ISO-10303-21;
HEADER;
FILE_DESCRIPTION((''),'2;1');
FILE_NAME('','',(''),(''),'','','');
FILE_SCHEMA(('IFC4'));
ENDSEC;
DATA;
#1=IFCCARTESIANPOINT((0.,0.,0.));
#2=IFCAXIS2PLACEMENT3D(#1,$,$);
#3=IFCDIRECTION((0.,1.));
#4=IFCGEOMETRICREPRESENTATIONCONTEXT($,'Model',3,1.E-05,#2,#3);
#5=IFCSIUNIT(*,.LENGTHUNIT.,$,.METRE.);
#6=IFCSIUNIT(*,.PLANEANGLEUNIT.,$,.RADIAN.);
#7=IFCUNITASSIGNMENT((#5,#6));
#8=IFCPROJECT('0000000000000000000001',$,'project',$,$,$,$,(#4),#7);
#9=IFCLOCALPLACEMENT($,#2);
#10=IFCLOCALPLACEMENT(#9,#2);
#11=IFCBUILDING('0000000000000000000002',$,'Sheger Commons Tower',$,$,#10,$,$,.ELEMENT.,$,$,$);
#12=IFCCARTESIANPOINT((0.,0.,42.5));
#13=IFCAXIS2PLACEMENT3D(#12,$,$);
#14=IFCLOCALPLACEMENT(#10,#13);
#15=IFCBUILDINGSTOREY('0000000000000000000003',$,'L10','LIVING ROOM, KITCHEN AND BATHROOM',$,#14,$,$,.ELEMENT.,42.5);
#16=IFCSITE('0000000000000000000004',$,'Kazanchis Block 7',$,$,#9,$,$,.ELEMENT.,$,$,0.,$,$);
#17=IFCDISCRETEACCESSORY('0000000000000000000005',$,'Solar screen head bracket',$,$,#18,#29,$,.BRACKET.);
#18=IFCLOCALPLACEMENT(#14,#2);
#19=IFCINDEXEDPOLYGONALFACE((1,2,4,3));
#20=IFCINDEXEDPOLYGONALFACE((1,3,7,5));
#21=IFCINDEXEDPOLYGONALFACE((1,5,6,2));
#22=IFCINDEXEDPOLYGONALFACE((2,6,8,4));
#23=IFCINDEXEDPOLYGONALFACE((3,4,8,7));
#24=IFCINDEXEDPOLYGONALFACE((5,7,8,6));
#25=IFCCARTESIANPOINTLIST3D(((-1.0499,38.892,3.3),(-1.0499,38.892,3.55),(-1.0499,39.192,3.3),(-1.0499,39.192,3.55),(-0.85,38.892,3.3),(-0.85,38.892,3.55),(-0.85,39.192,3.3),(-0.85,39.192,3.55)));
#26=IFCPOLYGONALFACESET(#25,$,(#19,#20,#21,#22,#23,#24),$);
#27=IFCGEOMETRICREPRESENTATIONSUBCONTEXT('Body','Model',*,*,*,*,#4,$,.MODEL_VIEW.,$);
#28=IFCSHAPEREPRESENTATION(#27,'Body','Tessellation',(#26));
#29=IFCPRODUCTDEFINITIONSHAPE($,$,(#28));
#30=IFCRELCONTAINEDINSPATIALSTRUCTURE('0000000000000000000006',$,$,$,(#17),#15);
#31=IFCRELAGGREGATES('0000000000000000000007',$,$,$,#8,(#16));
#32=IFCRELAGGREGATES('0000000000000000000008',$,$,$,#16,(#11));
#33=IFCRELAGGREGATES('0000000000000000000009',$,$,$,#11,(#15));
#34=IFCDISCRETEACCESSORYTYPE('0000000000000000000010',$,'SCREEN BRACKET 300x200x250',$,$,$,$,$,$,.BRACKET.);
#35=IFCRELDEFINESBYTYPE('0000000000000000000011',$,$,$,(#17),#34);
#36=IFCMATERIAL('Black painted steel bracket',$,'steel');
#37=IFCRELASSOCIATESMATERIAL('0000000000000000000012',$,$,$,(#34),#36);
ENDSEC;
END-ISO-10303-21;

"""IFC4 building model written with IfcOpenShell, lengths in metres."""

from ifc_helpers import new_model, si_unit, direction, frame, origin, origin_2d, place, context, subcontext, project, spatial, rectangle, extrude, material, type_object, element, save


model = new_model("IFC4")

# Units and contexts
model_context = context("Model", 3, precision=1e-05, world=origin(), true_north=direction((0.0, 1.0)))
body_context = subcontext(model_context, "Body", "Model", "MODEL_VIEW")
ifc_project = project(units=[si_unit("LENGTHUNIT", "METRE"), si_unit("PLANEANGLEUNIT", "RADIAN")], contexts=[model_context])

# Site, building, storey
site_placement = place(None, origin())
site = spatial("IfcSite", under=ifc_project, at=site_placement, Name="Kazanchis Block 7", CompositionType="ELEMENT", RefElevation=0.0)
building_placement = place(site_placement, origin())
building = spatial("IfcBuilding", under=site, at=building_placement, Name="Sheger Commons Tower", CompositionType="ELEMENT")
storey_placement = place(building_placement, frame((0.0, 0.0, 42.5)))
storey = spatial("IfcBuildingStorey", under=building, at=storey_placement, Name="L10", Description="LIVING ROOM, KITCHEN AND BATHROOM", CompositionType="ELEMENT", Elevation=42.5)

# Discrete accessory
ifc_material_1 = material(Name="Black painted steel bracket", Category="steel")
discrete_accessory_type = type_object("IfcDiscreteAccessoryType", Name="SCREEN BRACKET 300x200x250", PredefinedType="BRACKET", material=ifc_material_1)
for number, where, z_axis, x_axis, name in (
    (1, (-0.95, 39.042, 3.3), (0.0, 0.0, 1.0), (0.0, -1.0, 0.0), "Solar screen head bracket"),
):
    element("IfcDiscreteAccessory", number, at=place(storey_placement, frame(where, z_axis=z_axis, x_axis=x_axis)), inside=storey, type_object=discrete_accessory_type, Name=name, PredefinedType="BRACKET", context=body_context, shape_type="SweptSolid", body=[
        extrude(rectangle(XDim=0.3, YDim=0.2, at=origin_2d()), origin(), (0.0, 0.0, 1.0), 0.25),
    ])

save(model, "model.ifc")
